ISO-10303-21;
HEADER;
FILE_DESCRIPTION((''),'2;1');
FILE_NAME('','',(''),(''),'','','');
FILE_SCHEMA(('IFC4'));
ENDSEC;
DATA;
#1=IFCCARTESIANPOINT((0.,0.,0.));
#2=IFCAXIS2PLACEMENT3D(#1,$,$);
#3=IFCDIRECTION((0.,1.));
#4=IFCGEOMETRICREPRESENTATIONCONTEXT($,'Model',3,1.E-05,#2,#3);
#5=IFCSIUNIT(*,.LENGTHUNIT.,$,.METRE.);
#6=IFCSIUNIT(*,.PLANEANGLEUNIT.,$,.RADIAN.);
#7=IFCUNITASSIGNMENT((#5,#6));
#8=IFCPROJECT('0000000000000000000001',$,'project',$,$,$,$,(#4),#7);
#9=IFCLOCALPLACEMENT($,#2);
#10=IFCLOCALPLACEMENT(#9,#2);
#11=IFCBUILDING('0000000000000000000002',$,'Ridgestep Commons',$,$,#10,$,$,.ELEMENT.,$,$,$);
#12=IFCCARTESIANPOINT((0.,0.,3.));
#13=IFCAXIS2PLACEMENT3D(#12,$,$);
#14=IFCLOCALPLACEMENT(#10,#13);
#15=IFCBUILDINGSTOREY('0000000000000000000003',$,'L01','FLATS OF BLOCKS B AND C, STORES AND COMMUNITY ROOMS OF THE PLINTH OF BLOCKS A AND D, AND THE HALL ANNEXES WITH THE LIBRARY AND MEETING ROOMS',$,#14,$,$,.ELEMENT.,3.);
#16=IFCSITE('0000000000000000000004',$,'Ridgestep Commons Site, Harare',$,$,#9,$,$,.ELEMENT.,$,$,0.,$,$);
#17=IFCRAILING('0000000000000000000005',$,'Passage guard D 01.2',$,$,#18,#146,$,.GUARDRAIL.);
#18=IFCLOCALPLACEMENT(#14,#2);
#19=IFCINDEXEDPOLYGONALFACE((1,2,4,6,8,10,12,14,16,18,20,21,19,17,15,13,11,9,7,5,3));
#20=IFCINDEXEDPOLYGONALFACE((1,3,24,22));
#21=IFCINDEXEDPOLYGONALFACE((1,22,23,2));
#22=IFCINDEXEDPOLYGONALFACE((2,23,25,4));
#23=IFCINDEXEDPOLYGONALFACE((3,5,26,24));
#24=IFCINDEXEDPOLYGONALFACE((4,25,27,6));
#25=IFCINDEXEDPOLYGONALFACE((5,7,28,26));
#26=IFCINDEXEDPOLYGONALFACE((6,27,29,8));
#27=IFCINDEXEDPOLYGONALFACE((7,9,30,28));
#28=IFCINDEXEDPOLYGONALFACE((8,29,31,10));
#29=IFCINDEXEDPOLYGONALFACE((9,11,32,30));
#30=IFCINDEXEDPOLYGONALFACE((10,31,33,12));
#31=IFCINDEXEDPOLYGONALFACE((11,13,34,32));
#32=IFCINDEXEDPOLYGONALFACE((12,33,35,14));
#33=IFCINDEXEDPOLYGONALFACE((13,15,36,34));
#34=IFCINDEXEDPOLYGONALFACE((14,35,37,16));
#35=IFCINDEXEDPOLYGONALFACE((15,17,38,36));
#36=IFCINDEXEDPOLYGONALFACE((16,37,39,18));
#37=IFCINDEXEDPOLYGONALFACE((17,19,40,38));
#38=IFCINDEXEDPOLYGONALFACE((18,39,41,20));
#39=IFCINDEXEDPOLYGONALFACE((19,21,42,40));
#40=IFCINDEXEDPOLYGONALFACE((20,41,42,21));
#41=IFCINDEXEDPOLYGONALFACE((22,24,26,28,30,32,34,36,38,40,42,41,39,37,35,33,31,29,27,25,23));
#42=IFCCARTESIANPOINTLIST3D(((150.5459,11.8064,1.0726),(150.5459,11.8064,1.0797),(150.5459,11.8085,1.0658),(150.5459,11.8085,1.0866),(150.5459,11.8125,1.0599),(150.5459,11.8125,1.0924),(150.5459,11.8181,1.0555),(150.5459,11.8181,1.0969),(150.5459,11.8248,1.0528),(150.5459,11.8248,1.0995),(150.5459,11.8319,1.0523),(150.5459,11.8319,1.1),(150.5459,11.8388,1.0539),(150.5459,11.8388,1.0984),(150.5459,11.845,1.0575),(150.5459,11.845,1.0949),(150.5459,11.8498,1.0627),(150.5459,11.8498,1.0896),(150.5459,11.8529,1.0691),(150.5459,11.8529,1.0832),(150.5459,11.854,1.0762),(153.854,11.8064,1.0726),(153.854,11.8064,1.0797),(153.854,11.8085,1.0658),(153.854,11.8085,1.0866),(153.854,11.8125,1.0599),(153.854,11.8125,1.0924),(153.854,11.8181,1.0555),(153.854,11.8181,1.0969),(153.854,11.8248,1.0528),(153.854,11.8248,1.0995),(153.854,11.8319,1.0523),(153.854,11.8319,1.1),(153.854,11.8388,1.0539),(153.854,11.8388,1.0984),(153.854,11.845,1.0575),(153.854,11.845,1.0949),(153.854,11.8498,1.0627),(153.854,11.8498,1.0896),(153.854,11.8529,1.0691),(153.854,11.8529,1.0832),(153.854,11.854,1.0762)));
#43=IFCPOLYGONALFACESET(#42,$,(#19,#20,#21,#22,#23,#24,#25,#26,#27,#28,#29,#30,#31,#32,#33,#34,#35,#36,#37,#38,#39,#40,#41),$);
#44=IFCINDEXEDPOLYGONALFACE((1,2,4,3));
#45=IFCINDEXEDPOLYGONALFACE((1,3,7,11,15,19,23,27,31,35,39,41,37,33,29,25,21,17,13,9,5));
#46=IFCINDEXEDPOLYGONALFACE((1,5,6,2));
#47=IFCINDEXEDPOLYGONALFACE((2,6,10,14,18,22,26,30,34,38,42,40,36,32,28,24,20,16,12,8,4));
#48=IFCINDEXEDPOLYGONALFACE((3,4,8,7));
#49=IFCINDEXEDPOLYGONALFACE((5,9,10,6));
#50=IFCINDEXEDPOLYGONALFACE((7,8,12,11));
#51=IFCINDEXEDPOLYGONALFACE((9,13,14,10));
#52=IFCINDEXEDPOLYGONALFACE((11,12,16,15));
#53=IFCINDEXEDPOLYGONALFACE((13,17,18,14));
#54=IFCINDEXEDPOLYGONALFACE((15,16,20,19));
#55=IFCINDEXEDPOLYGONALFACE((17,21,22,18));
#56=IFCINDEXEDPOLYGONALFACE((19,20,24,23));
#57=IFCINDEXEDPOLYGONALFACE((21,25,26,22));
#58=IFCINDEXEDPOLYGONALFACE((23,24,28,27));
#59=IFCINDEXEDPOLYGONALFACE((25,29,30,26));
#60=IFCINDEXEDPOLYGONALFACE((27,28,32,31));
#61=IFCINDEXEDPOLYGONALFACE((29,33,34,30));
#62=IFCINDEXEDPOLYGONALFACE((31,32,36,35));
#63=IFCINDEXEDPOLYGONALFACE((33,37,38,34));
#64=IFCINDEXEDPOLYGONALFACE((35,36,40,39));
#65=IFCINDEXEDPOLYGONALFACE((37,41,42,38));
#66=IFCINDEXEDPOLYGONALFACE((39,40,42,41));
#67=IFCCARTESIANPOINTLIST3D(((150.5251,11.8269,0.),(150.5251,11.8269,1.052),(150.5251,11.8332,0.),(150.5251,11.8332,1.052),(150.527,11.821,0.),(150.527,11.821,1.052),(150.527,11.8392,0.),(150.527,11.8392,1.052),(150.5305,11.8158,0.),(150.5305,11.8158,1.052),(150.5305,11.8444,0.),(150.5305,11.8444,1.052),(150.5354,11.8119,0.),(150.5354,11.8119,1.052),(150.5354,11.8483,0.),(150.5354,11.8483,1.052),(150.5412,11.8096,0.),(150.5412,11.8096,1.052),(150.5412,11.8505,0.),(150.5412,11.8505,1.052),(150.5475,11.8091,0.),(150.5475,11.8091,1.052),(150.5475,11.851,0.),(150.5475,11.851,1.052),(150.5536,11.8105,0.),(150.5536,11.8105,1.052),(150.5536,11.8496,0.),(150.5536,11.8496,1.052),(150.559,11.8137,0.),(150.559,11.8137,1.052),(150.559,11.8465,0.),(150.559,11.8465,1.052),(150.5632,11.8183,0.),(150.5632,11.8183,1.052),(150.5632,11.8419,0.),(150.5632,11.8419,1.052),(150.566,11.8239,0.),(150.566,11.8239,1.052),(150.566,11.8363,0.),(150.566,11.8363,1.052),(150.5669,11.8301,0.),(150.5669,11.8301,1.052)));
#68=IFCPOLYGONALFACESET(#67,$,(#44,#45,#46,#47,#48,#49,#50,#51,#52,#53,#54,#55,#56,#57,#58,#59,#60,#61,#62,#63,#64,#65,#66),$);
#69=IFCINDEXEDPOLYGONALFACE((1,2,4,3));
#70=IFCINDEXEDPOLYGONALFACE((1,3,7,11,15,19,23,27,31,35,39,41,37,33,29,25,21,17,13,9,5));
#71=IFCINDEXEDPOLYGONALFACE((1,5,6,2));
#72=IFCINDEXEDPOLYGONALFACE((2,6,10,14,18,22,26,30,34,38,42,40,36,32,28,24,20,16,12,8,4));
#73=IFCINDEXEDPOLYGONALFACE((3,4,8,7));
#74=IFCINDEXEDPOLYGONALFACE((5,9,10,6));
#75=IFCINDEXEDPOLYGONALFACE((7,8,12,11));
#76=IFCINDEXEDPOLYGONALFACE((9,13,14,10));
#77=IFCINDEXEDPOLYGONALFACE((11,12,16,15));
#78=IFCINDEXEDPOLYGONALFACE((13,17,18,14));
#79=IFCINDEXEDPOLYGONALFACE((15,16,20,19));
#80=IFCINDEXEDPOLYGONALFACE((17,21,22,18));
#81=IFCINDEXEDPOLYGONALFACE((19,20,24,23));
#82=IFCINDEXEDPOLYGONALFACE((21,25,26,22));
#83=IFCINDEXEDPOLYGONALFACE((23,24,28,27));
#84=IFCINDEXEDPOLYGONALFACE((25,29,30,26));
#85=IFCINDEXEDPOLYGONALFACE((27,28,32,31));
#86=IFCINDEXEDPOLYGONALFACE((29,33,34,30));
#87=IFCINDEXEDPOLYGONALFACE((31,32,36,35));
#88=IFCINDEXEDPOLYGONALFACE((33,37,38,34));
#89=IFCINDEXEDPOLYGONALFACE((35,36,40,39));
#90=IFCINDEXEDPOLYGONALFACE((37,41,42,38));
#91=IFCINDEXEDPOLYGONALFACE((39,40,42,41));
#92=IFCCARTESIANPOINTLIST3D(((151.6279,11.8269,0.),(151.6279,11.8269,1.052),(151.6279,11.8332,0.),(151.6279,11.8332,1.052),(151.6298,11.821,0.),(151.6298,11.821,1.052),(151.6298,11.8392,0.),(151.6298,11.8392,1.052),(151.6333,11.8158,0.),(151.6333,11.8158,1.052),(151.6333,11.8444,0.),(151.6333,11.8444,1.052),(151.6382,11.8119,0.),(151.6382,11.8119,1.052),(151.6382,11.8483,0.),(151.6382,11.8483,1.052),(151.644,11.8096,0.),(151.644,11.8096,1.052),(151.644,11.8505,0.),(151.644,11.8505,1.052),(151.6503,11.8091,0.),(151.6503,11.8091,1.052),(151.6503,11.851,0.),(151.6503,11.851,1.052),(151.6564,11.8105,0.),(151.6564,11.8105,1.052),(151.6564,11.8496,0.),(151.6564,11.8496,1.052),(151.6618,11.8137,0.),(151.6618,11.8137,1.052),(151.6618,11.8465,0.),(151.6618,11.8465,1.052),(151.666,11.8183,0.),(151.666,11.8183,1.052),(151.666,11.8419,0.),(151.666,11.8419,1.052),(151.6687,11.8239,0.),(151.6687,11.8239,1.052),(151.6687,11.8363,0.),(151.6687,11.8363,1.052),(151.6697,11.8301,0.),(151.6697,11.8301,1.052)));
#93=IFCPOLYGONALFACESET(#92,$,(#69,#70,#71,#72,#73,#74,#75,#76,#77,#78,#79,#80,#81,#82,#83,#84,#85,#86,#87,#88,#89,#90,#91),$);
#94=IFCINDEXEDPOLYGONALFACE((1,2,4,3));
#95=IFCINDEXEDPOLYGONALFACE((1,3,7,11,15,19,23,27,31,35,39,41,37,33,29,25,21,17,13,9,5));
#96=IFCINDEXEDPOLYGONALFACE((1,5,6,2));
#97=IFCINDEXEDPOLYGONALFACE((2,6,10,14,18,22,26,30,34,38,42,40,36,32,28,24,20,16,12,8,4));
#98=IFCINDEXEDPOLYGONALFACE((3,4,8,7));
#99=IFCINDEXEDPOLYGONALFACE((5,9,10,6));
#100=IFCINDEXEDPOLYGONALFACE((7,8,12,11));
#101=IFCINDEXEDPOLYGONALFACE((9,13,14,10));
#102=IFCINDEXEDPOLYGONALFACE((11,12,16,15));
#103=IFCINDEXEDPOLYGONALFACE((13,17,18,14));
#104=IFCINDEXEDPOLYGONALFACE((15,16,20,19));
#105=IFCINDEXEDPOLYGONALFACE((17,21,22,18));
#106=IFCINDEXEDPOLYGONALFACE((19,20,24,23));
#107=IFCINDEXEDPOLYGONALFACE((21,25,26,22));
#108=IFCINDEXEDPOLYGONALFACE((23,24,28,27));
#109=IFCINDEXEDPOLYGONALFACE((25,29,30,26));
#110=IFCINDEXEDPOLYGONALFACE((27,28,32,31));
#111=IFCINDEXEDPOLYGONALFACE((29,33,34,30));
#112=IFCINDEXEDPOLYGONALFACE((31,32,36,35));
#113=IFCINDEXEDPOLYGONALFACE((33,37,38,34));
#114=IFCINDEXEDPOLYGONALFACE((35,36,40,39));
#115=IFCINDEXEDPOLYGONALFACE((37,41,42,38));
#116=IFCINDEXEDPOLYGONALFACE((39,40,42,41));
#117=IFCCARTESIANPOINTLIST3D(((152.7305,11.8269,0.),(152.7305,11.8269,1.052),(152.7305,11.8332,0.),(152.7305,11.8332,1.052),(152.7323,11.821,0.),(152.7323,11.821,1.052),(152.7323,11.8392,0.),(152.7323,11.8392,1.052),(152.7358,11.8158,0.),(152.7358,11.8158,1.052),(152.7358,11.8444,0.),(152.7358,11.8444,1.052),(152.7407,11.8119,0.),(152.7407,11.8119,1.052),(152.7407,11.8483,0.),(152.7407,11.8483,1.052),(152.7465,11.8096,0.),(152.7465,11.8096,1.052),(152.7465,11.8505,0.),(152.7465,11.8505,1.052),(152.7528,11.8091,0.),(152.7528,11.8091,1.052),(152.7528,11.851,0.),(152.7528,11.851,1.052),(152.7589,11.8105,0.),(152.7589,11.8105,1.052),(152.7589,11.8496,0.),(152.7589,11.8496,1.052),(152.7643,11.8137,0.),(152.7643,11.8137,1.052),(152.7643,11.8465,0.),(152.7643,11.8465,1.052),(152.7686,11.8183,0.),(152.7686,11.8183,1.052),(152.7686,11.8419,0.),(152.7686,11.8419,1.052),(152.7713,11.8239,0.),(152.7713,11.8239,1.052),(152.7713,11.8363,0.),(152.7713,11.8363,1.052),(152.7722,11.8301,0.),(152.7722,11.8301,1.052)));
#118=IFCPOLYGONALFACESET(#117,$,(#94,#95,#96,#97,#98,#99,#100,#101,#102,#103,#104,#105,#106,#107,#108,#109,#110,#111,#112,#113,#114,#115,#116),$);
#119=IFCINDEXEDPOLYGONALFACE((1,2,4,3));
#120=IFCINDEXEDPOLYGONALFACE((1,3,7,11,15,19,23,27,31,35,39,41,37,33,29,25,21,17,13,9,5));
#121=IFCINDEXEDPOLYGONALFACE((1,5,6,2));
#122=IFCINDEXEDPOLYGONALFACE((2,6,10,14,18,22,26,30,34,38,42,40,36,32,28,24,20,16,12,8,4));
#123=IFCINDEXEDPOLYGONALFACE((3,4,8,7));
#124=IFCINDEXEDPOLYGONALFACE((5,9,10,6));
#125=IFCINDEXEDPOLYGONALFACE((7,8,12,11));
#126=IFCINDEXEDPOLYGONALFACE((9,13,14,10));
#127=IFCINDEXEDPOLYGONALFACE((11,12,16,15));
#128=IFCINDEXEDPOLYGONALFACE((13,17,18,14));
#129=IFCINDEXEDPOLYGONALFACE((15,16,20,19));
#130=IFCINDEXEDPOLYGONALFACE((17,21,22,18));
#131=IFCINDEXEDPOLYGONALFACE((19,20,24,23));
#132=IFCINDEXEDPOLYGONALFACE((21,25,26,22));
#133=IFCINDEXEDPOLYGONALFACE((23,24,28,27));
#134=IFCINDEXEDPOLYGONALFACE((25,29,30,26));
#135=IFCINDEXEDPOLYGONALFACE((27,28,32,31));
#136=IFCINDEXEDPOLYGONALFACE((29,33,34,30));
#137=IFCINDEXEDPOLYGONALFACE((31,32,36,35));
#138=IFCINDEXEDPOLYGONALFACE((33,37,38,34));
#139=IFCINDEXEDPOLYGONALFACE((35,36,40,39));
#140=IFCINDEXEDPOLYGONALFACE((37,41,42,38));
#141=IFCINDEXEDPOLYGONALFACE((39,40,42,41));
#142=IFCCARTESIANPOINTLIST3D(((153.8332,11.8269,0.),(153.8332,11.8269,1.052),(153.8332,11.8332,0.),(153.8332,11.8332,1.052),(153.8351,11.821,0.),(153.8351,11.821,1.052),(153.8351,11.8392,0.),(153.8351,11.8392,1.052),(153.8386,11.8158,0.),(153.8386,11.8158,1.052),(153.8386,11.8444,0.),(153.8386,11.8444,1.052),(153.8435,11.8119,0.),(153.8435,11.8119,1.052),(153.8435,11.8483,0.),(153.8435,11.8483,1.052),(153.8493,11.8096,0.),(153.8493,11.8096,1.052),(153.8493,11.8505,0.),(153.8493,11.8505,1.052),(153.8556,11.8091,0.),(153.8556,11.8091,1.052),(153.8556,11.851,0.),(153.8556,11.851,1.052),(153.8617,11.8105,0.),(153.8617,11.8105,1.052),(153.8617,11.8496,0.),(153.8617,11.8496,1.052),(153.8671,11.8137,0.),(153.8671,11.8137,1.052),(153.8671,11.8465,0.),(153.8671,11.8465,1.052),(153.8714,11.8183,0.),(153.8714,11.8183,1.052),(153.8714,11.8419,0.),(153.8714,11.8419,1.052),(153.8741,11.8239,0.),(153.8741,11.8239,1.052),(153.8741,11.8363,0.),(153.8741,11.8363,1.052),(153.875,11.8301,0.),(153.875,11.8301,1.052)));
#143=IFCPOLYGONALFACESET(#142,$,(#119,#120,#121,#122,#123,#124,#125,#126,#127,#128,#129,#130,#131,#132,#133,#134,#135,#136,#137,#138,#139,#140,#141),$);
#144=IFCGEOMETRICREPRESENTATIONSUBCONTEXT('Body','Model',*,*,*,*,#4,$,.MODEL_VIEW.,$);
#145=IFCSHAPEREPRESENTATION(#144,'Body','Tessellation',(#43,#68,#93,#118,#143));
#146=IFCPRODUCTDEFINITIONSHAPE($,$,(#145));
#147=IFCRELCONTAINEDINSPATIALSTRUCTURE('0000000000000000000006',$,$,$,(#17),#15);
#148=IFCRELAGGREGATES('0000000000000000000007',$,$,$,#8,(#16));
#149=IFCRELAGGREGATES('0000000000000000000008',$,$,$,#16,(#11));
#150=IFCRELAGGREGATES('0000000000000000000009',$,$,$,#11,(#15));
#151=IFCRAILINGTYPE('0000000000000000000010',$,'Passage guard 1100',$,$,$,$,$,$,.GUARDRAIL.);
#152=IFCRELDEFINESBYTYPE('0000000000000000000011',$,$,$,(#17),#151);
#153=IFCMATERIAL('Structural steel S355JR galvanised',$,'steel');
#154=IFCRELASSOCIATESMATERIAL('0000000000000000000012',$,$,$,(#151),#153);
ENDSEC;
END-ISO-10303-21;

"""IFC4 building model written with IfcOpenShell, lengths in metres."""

from ifc_helpers import new_model, si_unit, direction, frame, origin, origin_2d, place, context, subcontext, project, spatial, circle, extrude, material, type_object, element, save


model = new_model("IFC4")

# Units and contexts
model_context = context("Model", 3, precision=1e-05, world=origin(), true_north=direction((0.0, 1.0)))
body_context = subcontext(model_context, "Body", "Model", "MODEL_VIEW")
ifc_project = project(units=[si_unit("LENGTHUNIT", "METRE"), si_unit("PLANEANGLEUNIT", "RADIAN")], contexts=[model_context])

# Site, building, storey
site_placement = place(None, origin())
site = spatial("IfcSite", under=ifc_project, at=site_placement, Name="Ridgestep Commons Site, Harare", CompositionType="ELEMENT", RefElevation=0.0)
building_placement = place(site_placement, origin())
building = spatial("IfcBuilding", under=site, at=building_placement, Name="Ridgestep Commons", CompositionType="ELEMENT")
storey_placement = place(building_placement, frame((0.0, 0.0, 3.0)))
storey = spatial("IfcBuildingStorey", under=building, at=storey_placement, Name="L01", Description="FLATS OF BLOCKS B AND C, STORES AND COMMUNITY ROOMS OF THE PLINTH OF BLOCKS A AND D, AND THE HALL ANNEXES WITH THE LIBRARY AND MEETING ROOMS", CompositionType="ELEMENT", Elevation=3.0)

# Railing
ifc_material_1 = material(Name="Structural steel S355JR galvanised", Category="steel")
railing_type = type_object("IfcRailingType", Name="Passage guard 1100", PredefinedType="GUARDRAIL", material=ifc_material_1)
for number, where, name in (
    (1, (150.5459, 11.8301, 0.0), "Passage guard D 01.2"),
):
    element("IfcRailing", number, at=place(storey_placement, frame(where)), inside=storey, type_object=railing_type, Name=name, PredefinedType="GUARDRAIL", context=body_context, shape_type="SweptSolid", body=[
        extrude(circle(Radius=0.0239, at=origin_2d()), frame((0.0, 0.0, 1.0762), z_axis=(1.0, 0.0, 0.0), x_axis=(0.0, 1.0, 0.0)), (0.0, 0.0, 1.0), 3.3081),
        extrude(circle(Radius=0.021, at=origin_2d()), origin(), (0.0, 0.0, 1.0), 1.052),
        extrude(circle(Radius=0.021, at=origin_2d()), frame((1.1028, 0.0, 0.0)), (0.0, 0.0, 1.0), 1.052),
        extrude(circle(Radius=0.021, at=origin_2d()), frame((2.2053, 0.0, 0.0)), (0.0, 0.0, 1.0), 1.052),
        extrude(circle(Radius=0.021, at=origin_2d()), frame((3.3081, 0.0, 0.0)), (0.0, 0.0, 1.0), 1.052),
    ])

save(model, "model.ifc")
